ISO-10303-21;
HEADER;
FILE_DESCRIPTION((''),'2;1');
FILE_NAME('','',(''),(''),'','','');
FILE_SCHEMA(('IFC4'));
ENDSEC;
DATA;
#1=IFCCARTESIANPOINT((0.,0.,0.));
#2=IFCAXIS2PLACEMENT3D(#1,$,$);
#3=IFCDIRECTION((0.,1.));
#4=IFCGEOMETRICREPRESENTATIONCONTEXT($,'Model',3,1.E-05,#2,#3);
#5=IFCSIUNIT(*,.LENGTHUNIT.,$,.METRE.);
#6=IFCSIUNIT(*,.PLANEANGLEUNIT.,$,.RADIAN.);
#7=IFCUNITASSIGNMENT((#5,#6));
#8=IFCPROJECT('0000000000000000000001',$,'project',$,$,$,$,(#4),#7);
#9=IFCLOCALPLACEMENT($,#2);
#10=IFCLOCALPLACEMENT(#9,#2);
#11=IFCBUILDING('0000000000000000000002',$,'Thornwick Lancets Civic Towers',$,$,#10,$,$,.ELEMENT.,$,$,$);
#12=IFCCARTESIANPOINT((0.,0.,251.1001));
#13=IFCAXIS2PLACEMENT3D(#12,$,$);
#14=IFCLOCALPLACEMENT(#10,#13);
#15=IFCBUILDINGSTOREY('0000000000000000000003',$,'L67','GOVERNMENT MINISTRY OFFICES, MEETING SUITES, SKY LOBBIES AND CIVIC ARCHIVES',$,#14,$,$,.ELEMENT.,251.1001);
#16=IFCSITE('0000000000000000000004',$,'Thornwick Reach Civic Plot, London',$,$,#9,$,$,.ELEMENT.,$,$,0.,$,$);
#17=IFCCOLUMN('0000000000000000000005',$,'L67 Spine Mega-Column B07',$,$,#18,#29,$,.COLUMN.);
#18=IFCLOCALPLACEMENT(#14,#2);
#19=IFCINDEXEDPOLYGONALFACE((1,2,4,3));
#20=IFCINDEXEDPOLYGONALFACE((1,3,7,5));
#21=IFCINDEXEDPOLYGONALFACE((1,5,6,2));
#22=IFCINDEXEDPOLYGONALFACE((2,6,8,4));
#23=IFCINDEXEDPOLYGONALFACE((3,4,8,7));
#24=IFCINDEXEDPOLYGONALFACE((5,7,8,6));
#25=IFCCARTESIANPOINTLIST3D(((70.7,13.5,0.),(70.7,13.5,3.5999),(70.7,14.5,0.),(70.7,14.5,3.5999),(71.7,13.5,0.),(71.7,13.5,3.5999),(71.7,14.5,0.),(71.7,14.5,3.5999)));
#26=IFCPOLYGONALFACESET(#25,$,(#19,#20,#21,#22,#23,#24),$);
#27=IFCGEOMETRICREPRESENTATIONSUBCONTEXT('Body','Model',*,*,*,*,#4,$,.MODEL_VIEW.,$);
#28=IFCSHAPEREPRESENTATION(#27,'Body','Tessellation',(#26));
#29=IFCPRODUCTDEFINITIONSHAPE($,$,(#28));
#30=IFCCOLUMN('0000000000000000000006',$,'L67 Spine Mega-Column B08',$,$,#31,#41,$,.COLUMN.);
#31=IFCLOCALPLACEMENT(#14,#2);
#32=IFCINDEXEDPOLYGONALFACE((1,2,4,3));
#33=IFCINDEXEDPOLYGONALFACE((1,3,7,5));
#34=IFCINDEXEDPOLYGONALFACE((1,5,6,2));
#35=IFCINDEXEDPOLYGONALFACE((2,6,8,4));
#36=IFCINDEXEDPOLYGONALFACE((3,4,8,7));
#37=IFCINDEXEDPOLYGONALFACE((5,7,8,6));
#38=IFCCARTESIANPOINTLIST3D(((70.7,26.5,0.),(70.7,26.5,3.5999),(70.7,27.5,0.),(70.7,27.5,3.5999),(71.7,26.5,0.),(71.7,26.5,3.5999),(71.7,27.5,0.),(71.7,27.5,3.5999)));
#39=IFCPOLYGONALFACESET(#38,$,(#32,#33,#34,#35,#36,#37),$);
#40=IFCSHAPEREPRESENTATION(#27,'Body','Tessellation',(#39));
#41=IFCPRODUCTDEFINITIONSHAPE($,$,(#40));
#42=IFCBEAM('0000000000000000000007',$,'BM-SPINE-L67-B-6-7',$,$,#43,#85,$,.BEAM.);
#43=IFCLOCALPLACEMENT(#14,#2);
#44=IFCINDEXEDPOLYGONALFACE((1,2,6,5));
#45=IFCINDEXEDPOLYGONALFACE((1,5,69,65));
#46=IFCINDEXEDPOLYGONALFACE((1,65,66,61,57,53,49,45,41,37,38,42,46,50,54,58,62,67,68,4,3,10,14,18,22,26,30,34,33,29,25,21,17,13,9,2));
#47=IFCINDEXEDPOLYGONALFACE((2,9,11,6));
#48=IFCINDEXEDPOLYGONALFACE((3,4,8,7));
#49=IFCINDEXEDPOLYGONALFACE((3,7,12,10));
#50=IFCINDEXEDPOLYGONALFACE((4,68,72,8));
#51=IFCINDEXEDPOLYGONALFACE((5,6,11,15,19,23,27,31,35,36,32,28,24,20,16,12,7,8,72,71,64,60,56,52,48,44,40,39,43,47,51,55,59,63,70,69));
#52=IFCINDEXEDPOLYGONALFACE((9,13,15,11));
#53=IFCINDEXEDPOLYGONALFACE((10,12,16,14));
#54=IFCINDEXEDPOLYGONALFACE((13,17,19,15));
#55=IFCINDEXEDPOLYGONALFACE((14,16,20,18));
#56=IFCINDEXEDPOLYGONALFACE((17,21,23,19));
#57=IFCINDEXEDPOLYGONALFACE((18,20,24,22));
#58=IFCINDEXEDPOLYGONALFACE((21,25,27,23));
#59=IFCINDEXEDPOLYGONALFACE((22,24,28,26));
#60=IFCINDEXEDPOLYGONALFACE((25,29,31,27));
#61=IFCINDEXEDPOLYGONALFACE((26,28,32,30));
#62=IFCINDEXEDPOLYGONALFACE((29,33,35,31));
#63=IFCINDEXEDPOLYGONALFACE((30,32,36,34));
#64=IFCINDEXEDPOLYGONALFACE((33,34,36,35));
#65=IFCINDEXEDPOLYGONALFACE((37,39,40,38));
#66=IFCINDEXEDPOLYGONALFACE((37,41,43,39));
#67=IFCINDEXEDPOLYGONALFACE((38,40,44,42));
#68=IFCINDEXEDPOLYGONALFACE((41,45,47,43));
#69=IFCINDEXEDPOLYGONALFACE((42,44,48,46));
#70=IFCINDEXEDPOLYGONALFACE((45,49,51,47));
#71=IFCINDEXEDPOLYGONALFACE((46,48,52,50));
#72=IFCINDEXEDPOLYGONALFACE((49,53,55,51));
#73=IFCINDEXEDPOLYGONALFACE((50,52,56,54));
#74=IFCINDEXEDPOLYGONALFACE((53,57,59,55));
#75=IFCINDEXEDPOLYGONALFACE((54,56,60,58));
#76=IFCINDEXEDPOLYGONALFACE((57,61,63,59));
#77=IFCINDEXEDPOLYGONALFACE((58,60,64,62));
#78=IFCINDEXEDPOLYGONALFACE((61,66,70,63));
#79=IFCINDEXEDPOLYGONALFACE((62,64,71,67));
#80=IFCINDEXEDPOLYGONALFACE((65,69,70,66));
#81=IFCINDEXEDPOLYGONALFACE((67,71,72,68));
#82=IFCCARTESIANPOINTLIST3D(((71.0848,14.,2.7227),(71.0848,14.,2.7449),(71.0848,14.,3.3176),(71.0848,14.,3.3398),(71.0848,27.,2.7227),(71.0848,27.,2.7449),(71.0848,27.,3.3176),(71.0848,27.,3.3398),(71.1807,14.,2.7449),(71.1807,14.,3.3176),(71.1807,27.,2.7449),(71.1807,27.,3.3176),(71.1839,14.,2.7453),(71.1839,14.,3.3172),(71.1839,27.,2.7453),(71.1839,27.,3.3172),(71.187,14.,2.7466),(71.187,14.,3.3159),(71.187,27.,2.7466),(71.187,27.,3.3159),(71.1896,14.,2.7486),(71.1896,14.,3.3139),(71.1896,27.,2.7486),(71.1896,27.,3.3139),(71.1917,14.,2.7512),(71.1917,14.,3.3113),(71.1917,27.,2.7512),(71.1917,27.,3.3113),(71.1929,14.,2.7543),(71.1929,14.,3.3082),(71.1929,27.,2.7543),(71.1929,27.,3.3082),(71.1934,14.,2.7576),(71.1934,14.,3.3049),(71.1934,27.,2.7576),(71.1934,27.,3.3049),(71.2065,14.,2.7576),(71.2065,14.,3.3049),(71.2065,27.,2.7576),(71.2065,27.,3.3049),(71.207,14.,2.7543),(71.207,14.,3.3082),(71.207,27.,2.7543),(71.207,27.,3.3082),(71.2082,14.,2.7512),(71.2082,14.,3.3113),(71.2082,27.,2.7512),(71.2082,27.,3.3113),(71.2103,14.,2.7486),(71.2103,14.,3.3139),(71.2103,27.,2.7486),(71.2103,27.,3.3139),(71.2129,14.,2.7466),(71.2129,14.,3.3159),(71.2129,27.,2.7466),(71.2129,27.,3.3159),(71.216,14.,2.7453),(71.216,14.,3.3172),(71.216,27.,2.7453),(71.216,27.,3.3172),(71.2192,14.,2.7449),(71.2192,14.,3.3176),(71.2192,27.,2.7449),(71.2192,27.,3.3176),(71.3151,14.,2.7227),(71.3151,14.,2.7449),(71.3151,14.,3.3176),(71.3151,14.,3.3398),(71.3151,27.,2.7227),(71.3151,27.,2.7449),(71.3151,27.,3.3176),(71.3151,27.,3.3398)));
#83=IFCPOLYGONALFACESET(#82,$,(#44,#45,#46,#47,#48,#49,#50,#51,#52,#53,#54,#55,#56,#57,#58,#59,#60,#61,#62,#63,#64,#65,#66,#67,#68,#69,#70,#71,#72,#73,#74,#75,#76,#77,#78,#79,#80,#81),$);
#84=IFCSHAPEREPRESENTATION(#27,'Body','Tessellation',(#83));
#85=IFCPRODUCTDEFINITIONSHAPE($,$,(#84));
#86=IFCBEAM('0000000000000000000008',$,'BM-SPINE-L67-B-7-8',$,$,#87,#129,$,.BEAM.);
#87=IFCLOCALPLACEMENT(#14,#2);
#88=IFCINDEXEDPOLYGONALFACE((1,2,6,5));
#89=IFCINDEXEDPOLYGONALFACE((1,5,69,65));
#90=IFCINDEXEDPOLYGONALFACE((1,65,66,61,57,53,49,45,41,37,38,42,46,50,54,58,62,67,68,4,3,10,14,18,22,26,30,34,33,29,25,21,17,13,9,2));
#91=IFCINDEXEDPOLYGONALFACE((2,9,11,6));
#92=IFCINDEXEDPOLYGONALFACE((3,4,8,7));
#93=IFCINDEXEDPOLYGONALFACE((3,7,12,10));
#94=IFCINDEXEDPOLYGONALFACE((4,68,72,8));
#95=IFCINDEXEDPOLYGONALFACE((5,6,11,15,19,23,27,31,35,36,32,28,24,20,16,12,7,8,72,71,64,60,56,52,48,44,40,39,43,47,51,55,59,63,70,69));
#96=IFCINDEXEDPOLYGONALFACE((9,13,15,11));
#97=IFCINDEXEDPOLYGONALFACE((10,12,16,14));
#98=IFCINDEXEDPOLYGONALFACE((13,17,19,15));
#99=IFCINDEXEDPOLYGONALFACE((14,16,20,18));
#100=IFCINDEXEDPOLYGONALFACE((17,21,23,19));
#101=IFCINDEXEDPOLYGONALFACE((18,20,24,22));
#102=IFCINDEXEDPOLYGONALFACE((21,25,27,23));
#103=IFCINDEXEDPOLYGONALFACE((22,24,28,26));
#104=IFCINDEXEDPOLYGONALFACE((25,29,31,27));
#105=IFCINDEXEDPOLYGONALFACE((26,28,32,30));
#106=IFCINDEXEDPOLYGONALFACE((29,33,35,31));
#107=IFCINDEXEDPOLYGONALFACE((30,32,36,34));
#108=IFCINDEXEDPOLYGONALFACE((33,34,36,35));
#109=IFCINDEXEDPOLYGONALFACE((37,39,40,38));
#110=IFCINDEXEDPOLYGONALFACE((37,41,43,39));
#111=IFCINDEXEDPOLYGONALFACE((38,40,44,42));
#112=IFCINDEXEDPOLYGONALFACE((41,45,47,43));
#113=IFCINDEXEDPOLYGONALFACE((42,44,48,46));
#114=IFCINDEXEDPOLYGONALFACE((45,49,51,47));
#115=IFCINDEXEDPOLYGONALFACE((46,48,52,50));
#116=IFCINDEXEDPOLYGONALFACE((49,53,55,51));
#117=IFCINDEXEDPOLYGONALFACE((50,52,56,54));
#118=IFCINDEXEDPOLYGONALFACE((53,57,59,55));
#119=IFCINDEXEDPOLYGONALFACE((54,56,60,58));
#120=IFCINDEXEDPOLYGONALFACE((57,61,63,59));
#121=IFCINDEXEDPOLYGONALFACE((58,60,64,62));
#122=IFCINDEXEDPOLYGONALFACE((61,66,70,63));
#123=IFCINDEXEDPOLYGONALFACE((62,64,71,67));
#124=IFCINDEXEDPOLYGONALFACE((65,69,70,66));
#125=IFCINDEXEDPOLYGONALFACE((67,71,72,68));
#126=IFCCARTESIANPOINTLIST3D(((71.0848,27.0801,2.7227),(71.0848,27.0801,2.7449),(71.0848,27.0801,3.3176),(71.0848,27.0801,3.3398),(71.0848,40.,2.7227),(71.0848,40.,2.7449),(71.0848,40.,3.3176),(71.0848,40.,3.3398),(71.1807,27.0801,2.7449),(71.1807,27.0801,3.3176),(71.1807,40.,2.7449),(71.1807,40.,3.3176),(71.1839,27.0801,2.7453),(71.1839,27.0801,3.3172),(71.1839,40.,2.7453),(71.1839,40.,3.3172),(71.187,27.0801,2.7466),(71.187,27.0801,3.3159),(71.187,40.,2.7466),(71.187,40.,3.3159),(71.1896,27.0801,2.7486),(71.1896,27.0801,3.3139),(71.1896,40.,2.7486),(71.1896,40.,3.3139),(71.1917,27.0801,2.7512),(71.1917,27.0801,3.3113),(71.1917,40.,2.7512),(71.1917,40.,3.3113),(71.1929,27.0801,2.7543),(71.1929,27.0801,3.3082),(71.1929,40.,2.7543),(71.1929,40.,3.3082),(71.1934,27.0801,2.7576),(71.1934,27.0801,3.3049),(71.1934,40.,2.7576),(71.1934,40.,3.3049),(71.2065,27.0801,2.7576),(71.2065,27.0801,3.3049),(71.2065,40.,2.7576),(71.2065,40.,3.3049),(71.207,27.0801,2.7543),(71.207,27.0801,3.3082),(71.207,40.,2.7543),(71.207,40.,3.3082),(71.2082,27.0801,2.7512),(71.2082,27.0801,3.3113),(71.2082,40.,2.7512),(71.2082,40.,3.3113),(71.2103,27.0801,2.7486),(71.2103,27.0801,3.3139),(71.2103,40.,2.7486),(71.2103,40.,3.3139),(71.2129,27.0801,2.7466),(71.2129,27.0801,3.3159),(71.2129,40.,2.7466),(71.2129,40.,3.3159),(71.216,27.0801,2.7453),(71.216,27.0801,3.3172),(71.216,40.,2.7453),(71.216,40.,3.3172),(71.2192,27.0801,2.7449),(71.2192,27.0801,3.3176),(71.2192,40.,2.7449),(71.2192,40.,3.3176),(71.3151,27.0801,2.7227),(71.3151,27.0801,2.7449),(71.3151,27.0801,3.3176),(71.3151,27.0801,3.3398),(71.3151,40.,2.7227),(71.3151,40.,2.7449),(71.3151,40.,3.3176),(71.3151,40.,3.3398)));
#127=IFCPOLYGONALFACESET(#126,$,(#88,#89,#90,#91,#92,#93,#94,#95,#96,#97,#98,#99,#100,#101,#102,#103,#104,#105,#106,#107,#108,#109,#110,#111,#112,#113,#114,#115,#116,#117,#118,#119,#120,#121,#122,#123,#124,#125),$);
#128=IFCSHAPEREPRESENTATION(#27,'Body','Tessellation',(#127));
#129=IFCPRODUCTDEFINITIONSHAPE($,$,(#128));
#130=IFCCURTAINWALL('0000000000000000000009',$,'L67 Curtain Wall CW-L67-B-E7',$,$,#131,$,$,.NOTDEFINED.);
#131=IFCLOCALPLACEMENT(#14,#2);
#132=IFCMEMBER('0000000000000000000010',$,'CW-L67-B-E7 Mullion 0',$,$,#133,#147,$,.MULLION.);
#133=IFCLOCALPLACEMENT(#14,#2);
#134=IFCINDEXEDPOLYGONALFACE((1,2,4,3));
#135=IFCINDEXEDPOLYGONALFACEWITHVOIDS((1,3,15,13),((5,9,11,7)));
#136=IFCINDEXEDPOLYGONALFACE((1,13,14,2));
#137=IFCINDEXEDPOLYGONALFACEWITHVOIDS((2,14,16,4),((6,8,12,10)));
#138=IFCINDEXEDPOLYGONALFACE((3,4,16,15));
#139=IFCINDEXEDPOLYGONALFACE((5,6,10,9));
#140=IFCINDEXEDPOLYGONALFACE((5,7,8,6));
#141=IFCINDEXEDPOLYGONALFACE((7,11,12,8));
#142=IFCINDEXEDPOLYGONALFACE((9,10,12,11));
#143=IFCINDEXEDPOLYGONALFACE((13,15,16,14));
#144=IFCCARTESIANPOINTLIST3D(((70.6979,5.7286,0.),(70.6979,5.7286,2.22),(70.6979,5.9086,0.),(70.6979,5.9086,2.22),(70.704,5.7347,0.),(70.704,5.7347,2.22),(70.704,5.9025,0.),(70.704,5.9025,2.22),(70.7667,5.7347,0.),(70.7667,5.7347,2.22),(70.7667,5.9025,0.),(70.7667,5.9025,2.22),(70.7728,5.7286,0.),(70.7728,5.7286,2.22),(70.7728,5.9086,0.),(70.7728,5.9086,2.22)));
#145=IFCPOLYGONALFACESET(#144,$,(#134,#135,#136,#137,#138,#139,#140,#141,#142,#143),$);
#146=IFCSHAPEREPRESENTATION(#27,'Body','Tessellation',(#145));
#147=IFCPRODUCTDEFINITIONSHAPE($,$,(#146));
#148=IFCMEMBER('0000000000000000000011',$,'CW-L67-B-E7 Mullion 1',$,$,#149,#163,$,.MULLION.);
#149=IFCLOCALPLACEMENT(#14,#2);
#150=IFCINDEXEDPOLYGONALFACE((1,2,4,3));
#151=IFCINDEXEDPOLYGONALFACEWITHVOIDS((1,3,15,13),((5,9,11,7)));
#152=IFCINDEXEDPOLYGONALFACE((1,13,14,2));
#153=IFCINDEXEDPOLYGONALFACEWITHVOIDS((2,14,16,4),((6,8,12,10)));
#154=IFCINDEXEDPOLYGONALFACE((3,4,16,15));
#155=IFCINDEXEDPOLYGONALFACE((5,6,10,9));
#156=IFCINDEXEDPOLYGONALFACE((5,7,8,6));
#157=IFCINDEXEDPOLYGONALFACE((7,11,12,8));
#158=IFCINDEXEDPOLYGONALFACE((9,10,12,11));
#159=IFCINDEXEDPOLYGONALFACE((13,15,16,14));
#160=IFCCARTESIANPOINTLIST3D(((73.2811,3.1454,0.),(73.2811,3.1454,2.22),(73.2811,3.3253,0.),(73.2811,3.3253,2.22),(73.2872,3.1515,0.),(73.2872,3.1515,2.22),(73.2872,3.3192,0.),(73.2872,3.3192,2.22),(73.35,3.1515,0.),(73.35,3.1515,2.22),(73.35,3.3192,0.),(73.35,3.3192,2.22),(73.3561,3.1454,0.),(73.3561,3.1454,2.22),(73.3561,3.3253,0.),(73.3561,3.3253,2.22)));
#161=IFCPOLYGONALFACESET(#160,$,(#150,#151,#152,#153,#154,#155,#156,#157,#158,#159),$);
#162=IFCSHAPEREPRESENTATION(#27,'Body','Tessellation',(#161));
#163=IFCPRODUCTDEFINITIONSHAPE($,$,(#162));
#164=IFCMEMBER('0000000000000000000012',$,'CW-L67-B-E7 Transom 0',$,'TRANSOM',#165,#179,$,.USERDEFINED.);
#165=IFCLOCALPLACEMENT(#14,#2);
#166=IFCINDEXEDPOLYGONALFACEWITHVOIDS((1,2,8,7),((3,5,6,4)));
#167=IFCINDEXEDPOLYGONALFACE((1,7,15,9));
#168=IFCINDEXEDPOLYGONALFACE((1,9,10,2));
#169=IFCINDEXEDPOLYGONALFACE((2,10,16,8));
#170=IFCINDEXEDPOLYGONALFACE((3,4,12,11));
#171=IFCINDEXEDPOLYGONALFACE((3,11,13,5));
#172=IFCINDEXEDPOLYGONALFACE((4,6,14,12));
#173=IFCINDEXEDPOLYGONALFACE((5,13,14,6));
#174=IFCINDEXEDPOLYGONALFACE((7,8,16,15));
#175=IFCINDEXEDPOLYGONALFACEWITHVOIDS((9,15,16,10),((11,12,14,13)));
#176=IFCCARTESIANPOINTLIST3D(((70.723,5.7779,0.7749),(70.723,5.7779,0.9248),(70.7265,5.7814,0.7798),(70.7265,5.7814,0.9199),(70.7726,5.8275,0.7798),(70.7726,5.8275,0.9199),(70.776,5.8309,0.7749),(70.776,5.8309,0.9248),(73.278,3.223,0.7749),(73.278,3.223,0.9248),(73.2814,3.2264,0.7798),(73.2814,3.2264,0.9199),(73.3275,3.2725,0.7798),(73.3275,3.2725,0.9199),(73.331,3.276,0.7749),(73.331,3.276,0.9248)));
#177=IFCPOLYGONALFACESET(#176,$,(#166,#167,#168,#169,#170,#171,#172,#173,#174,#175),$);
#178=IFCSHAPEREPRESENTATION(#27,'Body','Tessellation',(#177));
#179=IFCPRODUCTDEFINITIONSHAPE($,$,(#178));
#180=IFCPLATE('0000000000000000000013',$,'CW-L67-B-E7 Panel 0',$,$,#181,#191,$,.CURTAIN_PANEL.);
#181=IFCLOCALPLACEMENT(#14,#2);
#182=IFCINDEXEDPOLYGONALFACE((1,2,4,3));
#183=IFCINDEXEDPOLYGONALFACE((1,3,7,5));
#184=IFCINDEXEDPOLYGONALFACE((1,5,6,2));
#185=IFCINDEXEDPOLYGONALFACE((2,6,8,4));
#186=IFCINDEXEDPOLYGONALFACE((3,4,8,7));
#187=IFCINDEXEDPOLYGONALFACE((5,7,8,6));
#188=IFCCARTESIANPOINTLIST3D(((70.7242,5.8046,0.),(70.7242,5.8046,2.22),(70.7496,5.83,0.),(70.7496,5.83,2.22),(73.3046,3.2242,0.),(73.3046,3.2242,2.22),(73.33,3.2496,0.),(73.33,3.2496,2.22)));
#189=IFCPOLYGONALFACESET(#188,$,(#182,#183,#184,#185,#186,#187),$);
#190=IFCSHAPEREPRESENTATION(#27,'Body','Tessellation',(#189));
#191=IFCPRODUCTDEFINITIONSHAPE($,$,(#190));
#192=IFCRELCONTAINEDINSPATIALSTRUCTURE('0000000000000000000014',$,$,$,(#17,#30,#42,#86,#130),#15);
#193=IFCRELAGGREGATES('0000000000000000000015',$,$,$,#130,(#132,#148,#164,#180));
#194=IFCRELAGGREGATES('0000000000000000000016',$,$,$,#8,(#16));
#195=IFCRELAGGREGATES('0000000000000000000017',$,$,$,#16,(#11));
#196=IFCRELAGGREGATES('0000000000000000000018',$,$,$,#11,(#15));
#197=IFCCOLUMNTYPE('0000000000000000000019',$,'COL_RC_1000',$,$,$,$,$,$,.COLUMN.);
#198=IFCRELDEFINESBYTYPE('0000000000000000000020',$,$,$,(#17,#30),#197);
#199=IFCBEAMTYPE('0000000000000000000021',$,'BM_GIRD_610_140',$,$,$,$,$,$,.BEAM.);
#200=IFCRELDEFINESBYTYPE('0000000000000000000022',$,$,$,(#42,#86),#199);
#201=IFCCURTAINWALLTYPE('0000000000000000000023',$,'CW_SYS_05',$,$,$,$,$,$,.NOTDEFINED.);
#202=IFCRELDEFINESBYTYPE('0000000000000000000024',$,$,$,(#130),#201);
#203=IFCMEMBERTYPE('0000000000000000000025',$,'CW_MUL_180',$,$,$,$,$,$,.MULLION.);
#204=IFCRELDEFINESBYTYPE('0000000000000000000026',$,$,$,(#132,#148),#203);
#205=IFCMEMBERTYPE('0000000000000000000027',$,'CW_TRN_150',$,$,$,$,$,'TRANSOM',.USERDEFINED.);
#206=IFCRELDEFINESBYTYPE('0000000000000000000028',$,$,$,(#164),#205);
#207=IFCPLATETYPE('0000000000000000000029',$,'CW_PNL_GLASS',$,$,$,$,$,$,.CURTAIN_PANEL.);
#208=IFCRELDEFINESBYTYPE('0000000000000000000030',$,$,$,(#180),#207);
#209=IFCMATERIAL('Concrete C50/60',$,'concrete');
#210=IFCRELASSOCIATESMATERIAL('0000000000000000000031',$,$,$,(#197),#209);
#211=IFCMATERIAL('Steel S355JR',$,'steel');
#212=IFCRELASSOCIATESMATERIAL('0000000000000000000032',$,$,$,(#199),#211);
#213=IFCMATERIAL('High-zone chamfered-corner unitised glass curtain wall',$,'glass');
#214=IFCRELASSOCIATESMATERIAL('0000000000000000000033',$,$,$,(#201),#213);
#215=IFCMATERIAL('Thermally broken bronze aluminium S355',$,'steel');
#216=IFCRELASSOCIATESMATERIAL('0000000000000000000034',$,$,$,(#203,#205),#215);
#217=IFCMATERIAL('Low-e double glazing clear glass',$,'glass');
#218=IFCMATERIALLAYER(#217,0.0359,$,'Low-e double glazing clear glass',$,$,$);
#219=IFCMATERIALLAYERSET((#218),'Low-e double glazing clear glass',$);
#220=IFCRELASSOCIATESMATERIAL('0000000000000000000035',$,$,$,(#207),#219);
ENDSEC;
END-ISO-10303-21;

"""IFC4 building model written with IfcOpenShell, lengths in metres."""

from ifc_helpers import new_model, si_unit, direction, frame, origin, origin_2d, place, context, subcontext, project, spatial, rectangle, hollow_rectangle, i_section, extrude, material, layer, layer_set, material_profile, profile_set, type_object, element, aggregate, save


model = new_model("IFC4")

# Units and contexts
model_context = context("Model", 3, precision=1e-05, world=origin(), true_north=direction((0.0, 1.0)))
body_context = subcontext(model_context, "Body", "Model", "MODEL_VIEW")
ifc_project = project(units=[si_unit("LENGTHUNIT", "METRE"), si_unit("PLANEANGLEUNIT", "RADIAN")], contexts=[model_context])

# Site, building, storey
site_placement = place(None, origin())
site = spatial("IfcSite", under=ifc_project, at=site_placement, Name="Thornwick Reach Civic Plot, London", CompositionType="ELEMENT", RefElevation=0.0)
building_placement = place(site_placement, origin())
building = spatial("IfcBuilding", under=site, at=building_placement, Name="Thornwick Lancets Civic Towers", CompositionType="ELEMENT")
storey_placement = place(building_placement, frame((0.0, 0.0, 251.1001)))
storey = spatial("IfcBuildingStorey", under=building, at=storey_placement, Name="L67", Description="GOVERNMENT MINISTRY OFFICES, MEETING SUITES, SKY LOBBIES AND CIVIC ARCHIVES", CompositionType="ELEMENT", Elevation=251.1001)

# Columns
ifc_material_1 = material(Name="Concrete C50/60", Category="concrete")
ifc_material_profile_1 = material_profile(ifc_material_1, rectangle(XDim=1.0, YDim=1.0, at=origin_2d()), Name="RC 1000x1000")
ifc_profile_set_1 = profile_set([ifc_material_profile_1], Name="Concrete C50/60")
column_type = type_object("IfcColumnType", Name="COL_RC_1000", PredefinedType="COLUMN", material=ifc_profile_set_1)
for number, where, z_axis, x_axis, name in (
    (1, (71.2, 14.0, 0.0), (0.0, 0.0, 1.0), (1.0, 0.0, 0.0), "L67 Spine Mega-Column B07"),
    (2, (71.2, 27.0, 0.0), (0.0, 0.0, 1.0), (1.0, 0.0, 0.0), "L67 Spine Mega-Column B08"),
):
    element("IfcColumn", number, at=place(storey_placement, frame(where, z_axis=z_axis, x_axis=x_axis)), inside=storey, type_object=column_type, Name=name, PredefinedType="COLUMN", context=body_context, shape_type="SweptSolid", body=[
        extrude(rectangle(XDim=1.0, YDim=1.0, at=origin_2d()), origin(), (0.0, 0.0, 1.0), 3.5999),
    ])

# Beams
ifc_material_2 = material(Name="Steel S355JR", Category="steel")
ifc_material_profile_2 = material_profile(ifc_material_2, i_section(OverallWidth=0.2302, OverallDepth=0.6172, WebThickness=0.0132, FlangeThickness=0.0222, FilletRadius=0.0127, at=origin_2d()), Name="UKB 610x229x140")
ifc_profile_set_2 = profile_set([ifc_material_profile_2], Name="Steel S355JR")
beam_type = type_object("IfcBeamType", Name="BM_GIRD_610_140", PredefinedType="BEAM", material=ifc_profile_set_2)
beam_1_placement = place(storey_placement, frame((71.2, 14.0, 3.0312), z_axis=(0.0, 1.0, 0.0), x_axis=(-1.0, 0.0, 0.0)))
element("IfcBeam", 3, at=beam_1_placement, inside=storey, type_object=beam_type, Name="BM-SPINE-L67-B-6-7", PredefinedType="BEAM", context=body_context, shape_type="SweptSolid", body=[
    extrude(i_section(OverallWidth=0.2302, OverallDepth=0.6172, WebThickness=0.0132, FlangeThickness=0.0222, FilletRadius=0.0127, at=origin_2d()), origin(), (0.0, 0.0, 1.0), 13.0),
])
beam_2_placement = place(storey_placement, frame((71.2, 27.0801, 3.0312), z_axis=(0.0, 1.0, 0.0), x_axis=(-1.0, 0.0, 0.0)))
element("IfcBeam", 4, at=beam_2_placement, inside=storey, type_object=beam_type, Name="BM-SPINE-L67-B-7-8", PredefinedType="BEAM", context=body_context, shape_type="SweptSolid", body=[
    extrude(i_section(OverallWidth=0.2302, OverallDepth=0.6172, WebThickness=0.0132, FlangeThickness=0.0222, FilletRadius=0.0127, at=origin_2d()), origin(), (0.0, 0.0, 1.0), 12.9199),
])

# Curtain wall, members, plate
ifc_material_3 = material(Name="High-zone chamfered-corner unitised glass curtain wall", Category="glass")
curtain_wall_type = type_object("IfcCurtainWallType", Name="CW_SYS_05", PredefinedType="NOTDEFINED", material=ifc_material_3)
curtain_wall_placement = place(storey_placement, origin())
curtain_wall = element("IfcCurtainWall", 5, at=curtain_wall_placement, inside=storey, type_object=curtain_wall_type, Name="L67 Curtain Wall CW-L67-B-E7", PredefinedType="NOTDEFINED")
ifc_material_4 = material(Name="Thermally broken bronze aluminium S355", Category="steel")
ifc_material_profile_3 = material_profile(ifc_material_4, hollow_rectangle(XDim=0.075, YDim=0.1799, WallThickness=0.0061, at=origin_2d()), Name="RHS 180x75x6")
ifc_profile_set_3 = profile_set([ifc_material_profile_3], Name="Thermally broken bronze aluminium S355")
member_type_1 = type_object("IfcMemberType", Name="CW_MUL_180", PredefinedType="MULLION", material=ifc_profile_set_3)
member_1_placement = place(storey_placement, frame((70.7354, 5.8186, 0.0), z_axis=(0.0, 0.0, 1.0), x_axis=(1.0, 0.0, 0.0)))
member_1 = element("IfcMember", 6, at=member_1_placement, type_object=member_type_1, Name="CW-L67-B-E7 Mullion 0", PredefinedType="MULLION", context=body_context, shape_type="SweptSolid", body=[
    extrude(hollow_rectangle(XDim=0.075, YDim=0.1799, WallThickness=0.0061, at=origin_2d()), origin(), (0.0, 0.0, 1.0), 2.22),
])
member_2_placement = place(storey_placement, frame((73.3186, 3.2354, 0.0), z_axis=(0.0, 0.0, 1.0), x_axis=(1.0, 0.0, 0.0)))
member_2 = element("IfcMember", 7, at=member_2_placement, type_object=member_type_1, Name="CW-L67-B-E7 Mullion 1", PredefinedType="MULLION", context=body_context, shape_type="SweptSolid", body=[
    extrude(hollow_rectangle(XDim=0.075, YDim=0.1799, WallThickness=0.0061, at=origin_2d()), origin(), (0.0, 0.0, 1.0), 2.22),
])
ifc_material_profile_4 = material_profile(ifc_material_4, hollow_rectangle(XDim=0.075, YDim=0.1499, WallThickness=0.0049, at=origin_2d()), Name="RHS 150x75x5")
ifc_profile_set_4 = profile_set([ifc_material_profile_4], Name="Thermally broken bronze aluminium S355")
member_type_2 = type_object("IfcMemberType", Name="CW_TRN_150", ElementType="TRANSOM", PredefinedType="USERDEFINED", material=ifc_profile_set_4)
member_3_placement = place(storey_placement, frame((70.7495, 5.8044, 0.8499), z_axis=(0.707107, -0.707107, 0.0), x_axis=(0.707107, 0.707107, 0.0)))
member_3 = element("IfcMember", 8, at=member_3_placement, type_object=member_type_2, Name="CW-L67-B-E7 Transom 0", ObjectType="TRANSOM", PredefinedType="USERDEFINED", context=body_context, shape_type="SweptSolid", body=[
    extrude(hollow_rectangle(XDim=0.075, YDim=0.1499, WallThickness=0.0049, at=origin_2d()), origin(), (0.0, 0.0, 1.0), 3.6133),
])
ifc_material_5 = material(Name="Low-e double glazing clear glass", Category="glass")
ifc_layer_1 = layer(ifc_material_5, 0.0359, Name="Low-e double glazing clear glass")
ifc_layer_set_1 = layer_set([ifc_layer_1], Name="Low-e double glazing clear glass")
plate_type_1 = type_object("IfcPlateType", Name="CW_PNL_GLASS", PredefinedType="CURTAIN_PANEL", material=ifc_layer_set_1)
plate_placement = place(storey_placement, frame((72.0271, 4.5271, 0.0), z_axis=(0.0, 0.0, 1.0), x_axis=(0.707107, -0.707107, 0.0)))
plate = element("IfcPlate", 9, at=plate_placement, type_object=plate_type_1, Name="CW-L67-B-E7 Panel 0", PredefinedType="CURTAIN_PANEL", context=body_context, shape_type="SweptSolid", body=[
    extrude(rectangle(XDim=3.6492, YDim=0.0359, at=origin_2d()), origin(), (0.0, 0.0, 1.0), 2.22),
])
aggregate(curtain_wall, [member_1, member_2, member_3, plate])

save(model, "model.ifc")
